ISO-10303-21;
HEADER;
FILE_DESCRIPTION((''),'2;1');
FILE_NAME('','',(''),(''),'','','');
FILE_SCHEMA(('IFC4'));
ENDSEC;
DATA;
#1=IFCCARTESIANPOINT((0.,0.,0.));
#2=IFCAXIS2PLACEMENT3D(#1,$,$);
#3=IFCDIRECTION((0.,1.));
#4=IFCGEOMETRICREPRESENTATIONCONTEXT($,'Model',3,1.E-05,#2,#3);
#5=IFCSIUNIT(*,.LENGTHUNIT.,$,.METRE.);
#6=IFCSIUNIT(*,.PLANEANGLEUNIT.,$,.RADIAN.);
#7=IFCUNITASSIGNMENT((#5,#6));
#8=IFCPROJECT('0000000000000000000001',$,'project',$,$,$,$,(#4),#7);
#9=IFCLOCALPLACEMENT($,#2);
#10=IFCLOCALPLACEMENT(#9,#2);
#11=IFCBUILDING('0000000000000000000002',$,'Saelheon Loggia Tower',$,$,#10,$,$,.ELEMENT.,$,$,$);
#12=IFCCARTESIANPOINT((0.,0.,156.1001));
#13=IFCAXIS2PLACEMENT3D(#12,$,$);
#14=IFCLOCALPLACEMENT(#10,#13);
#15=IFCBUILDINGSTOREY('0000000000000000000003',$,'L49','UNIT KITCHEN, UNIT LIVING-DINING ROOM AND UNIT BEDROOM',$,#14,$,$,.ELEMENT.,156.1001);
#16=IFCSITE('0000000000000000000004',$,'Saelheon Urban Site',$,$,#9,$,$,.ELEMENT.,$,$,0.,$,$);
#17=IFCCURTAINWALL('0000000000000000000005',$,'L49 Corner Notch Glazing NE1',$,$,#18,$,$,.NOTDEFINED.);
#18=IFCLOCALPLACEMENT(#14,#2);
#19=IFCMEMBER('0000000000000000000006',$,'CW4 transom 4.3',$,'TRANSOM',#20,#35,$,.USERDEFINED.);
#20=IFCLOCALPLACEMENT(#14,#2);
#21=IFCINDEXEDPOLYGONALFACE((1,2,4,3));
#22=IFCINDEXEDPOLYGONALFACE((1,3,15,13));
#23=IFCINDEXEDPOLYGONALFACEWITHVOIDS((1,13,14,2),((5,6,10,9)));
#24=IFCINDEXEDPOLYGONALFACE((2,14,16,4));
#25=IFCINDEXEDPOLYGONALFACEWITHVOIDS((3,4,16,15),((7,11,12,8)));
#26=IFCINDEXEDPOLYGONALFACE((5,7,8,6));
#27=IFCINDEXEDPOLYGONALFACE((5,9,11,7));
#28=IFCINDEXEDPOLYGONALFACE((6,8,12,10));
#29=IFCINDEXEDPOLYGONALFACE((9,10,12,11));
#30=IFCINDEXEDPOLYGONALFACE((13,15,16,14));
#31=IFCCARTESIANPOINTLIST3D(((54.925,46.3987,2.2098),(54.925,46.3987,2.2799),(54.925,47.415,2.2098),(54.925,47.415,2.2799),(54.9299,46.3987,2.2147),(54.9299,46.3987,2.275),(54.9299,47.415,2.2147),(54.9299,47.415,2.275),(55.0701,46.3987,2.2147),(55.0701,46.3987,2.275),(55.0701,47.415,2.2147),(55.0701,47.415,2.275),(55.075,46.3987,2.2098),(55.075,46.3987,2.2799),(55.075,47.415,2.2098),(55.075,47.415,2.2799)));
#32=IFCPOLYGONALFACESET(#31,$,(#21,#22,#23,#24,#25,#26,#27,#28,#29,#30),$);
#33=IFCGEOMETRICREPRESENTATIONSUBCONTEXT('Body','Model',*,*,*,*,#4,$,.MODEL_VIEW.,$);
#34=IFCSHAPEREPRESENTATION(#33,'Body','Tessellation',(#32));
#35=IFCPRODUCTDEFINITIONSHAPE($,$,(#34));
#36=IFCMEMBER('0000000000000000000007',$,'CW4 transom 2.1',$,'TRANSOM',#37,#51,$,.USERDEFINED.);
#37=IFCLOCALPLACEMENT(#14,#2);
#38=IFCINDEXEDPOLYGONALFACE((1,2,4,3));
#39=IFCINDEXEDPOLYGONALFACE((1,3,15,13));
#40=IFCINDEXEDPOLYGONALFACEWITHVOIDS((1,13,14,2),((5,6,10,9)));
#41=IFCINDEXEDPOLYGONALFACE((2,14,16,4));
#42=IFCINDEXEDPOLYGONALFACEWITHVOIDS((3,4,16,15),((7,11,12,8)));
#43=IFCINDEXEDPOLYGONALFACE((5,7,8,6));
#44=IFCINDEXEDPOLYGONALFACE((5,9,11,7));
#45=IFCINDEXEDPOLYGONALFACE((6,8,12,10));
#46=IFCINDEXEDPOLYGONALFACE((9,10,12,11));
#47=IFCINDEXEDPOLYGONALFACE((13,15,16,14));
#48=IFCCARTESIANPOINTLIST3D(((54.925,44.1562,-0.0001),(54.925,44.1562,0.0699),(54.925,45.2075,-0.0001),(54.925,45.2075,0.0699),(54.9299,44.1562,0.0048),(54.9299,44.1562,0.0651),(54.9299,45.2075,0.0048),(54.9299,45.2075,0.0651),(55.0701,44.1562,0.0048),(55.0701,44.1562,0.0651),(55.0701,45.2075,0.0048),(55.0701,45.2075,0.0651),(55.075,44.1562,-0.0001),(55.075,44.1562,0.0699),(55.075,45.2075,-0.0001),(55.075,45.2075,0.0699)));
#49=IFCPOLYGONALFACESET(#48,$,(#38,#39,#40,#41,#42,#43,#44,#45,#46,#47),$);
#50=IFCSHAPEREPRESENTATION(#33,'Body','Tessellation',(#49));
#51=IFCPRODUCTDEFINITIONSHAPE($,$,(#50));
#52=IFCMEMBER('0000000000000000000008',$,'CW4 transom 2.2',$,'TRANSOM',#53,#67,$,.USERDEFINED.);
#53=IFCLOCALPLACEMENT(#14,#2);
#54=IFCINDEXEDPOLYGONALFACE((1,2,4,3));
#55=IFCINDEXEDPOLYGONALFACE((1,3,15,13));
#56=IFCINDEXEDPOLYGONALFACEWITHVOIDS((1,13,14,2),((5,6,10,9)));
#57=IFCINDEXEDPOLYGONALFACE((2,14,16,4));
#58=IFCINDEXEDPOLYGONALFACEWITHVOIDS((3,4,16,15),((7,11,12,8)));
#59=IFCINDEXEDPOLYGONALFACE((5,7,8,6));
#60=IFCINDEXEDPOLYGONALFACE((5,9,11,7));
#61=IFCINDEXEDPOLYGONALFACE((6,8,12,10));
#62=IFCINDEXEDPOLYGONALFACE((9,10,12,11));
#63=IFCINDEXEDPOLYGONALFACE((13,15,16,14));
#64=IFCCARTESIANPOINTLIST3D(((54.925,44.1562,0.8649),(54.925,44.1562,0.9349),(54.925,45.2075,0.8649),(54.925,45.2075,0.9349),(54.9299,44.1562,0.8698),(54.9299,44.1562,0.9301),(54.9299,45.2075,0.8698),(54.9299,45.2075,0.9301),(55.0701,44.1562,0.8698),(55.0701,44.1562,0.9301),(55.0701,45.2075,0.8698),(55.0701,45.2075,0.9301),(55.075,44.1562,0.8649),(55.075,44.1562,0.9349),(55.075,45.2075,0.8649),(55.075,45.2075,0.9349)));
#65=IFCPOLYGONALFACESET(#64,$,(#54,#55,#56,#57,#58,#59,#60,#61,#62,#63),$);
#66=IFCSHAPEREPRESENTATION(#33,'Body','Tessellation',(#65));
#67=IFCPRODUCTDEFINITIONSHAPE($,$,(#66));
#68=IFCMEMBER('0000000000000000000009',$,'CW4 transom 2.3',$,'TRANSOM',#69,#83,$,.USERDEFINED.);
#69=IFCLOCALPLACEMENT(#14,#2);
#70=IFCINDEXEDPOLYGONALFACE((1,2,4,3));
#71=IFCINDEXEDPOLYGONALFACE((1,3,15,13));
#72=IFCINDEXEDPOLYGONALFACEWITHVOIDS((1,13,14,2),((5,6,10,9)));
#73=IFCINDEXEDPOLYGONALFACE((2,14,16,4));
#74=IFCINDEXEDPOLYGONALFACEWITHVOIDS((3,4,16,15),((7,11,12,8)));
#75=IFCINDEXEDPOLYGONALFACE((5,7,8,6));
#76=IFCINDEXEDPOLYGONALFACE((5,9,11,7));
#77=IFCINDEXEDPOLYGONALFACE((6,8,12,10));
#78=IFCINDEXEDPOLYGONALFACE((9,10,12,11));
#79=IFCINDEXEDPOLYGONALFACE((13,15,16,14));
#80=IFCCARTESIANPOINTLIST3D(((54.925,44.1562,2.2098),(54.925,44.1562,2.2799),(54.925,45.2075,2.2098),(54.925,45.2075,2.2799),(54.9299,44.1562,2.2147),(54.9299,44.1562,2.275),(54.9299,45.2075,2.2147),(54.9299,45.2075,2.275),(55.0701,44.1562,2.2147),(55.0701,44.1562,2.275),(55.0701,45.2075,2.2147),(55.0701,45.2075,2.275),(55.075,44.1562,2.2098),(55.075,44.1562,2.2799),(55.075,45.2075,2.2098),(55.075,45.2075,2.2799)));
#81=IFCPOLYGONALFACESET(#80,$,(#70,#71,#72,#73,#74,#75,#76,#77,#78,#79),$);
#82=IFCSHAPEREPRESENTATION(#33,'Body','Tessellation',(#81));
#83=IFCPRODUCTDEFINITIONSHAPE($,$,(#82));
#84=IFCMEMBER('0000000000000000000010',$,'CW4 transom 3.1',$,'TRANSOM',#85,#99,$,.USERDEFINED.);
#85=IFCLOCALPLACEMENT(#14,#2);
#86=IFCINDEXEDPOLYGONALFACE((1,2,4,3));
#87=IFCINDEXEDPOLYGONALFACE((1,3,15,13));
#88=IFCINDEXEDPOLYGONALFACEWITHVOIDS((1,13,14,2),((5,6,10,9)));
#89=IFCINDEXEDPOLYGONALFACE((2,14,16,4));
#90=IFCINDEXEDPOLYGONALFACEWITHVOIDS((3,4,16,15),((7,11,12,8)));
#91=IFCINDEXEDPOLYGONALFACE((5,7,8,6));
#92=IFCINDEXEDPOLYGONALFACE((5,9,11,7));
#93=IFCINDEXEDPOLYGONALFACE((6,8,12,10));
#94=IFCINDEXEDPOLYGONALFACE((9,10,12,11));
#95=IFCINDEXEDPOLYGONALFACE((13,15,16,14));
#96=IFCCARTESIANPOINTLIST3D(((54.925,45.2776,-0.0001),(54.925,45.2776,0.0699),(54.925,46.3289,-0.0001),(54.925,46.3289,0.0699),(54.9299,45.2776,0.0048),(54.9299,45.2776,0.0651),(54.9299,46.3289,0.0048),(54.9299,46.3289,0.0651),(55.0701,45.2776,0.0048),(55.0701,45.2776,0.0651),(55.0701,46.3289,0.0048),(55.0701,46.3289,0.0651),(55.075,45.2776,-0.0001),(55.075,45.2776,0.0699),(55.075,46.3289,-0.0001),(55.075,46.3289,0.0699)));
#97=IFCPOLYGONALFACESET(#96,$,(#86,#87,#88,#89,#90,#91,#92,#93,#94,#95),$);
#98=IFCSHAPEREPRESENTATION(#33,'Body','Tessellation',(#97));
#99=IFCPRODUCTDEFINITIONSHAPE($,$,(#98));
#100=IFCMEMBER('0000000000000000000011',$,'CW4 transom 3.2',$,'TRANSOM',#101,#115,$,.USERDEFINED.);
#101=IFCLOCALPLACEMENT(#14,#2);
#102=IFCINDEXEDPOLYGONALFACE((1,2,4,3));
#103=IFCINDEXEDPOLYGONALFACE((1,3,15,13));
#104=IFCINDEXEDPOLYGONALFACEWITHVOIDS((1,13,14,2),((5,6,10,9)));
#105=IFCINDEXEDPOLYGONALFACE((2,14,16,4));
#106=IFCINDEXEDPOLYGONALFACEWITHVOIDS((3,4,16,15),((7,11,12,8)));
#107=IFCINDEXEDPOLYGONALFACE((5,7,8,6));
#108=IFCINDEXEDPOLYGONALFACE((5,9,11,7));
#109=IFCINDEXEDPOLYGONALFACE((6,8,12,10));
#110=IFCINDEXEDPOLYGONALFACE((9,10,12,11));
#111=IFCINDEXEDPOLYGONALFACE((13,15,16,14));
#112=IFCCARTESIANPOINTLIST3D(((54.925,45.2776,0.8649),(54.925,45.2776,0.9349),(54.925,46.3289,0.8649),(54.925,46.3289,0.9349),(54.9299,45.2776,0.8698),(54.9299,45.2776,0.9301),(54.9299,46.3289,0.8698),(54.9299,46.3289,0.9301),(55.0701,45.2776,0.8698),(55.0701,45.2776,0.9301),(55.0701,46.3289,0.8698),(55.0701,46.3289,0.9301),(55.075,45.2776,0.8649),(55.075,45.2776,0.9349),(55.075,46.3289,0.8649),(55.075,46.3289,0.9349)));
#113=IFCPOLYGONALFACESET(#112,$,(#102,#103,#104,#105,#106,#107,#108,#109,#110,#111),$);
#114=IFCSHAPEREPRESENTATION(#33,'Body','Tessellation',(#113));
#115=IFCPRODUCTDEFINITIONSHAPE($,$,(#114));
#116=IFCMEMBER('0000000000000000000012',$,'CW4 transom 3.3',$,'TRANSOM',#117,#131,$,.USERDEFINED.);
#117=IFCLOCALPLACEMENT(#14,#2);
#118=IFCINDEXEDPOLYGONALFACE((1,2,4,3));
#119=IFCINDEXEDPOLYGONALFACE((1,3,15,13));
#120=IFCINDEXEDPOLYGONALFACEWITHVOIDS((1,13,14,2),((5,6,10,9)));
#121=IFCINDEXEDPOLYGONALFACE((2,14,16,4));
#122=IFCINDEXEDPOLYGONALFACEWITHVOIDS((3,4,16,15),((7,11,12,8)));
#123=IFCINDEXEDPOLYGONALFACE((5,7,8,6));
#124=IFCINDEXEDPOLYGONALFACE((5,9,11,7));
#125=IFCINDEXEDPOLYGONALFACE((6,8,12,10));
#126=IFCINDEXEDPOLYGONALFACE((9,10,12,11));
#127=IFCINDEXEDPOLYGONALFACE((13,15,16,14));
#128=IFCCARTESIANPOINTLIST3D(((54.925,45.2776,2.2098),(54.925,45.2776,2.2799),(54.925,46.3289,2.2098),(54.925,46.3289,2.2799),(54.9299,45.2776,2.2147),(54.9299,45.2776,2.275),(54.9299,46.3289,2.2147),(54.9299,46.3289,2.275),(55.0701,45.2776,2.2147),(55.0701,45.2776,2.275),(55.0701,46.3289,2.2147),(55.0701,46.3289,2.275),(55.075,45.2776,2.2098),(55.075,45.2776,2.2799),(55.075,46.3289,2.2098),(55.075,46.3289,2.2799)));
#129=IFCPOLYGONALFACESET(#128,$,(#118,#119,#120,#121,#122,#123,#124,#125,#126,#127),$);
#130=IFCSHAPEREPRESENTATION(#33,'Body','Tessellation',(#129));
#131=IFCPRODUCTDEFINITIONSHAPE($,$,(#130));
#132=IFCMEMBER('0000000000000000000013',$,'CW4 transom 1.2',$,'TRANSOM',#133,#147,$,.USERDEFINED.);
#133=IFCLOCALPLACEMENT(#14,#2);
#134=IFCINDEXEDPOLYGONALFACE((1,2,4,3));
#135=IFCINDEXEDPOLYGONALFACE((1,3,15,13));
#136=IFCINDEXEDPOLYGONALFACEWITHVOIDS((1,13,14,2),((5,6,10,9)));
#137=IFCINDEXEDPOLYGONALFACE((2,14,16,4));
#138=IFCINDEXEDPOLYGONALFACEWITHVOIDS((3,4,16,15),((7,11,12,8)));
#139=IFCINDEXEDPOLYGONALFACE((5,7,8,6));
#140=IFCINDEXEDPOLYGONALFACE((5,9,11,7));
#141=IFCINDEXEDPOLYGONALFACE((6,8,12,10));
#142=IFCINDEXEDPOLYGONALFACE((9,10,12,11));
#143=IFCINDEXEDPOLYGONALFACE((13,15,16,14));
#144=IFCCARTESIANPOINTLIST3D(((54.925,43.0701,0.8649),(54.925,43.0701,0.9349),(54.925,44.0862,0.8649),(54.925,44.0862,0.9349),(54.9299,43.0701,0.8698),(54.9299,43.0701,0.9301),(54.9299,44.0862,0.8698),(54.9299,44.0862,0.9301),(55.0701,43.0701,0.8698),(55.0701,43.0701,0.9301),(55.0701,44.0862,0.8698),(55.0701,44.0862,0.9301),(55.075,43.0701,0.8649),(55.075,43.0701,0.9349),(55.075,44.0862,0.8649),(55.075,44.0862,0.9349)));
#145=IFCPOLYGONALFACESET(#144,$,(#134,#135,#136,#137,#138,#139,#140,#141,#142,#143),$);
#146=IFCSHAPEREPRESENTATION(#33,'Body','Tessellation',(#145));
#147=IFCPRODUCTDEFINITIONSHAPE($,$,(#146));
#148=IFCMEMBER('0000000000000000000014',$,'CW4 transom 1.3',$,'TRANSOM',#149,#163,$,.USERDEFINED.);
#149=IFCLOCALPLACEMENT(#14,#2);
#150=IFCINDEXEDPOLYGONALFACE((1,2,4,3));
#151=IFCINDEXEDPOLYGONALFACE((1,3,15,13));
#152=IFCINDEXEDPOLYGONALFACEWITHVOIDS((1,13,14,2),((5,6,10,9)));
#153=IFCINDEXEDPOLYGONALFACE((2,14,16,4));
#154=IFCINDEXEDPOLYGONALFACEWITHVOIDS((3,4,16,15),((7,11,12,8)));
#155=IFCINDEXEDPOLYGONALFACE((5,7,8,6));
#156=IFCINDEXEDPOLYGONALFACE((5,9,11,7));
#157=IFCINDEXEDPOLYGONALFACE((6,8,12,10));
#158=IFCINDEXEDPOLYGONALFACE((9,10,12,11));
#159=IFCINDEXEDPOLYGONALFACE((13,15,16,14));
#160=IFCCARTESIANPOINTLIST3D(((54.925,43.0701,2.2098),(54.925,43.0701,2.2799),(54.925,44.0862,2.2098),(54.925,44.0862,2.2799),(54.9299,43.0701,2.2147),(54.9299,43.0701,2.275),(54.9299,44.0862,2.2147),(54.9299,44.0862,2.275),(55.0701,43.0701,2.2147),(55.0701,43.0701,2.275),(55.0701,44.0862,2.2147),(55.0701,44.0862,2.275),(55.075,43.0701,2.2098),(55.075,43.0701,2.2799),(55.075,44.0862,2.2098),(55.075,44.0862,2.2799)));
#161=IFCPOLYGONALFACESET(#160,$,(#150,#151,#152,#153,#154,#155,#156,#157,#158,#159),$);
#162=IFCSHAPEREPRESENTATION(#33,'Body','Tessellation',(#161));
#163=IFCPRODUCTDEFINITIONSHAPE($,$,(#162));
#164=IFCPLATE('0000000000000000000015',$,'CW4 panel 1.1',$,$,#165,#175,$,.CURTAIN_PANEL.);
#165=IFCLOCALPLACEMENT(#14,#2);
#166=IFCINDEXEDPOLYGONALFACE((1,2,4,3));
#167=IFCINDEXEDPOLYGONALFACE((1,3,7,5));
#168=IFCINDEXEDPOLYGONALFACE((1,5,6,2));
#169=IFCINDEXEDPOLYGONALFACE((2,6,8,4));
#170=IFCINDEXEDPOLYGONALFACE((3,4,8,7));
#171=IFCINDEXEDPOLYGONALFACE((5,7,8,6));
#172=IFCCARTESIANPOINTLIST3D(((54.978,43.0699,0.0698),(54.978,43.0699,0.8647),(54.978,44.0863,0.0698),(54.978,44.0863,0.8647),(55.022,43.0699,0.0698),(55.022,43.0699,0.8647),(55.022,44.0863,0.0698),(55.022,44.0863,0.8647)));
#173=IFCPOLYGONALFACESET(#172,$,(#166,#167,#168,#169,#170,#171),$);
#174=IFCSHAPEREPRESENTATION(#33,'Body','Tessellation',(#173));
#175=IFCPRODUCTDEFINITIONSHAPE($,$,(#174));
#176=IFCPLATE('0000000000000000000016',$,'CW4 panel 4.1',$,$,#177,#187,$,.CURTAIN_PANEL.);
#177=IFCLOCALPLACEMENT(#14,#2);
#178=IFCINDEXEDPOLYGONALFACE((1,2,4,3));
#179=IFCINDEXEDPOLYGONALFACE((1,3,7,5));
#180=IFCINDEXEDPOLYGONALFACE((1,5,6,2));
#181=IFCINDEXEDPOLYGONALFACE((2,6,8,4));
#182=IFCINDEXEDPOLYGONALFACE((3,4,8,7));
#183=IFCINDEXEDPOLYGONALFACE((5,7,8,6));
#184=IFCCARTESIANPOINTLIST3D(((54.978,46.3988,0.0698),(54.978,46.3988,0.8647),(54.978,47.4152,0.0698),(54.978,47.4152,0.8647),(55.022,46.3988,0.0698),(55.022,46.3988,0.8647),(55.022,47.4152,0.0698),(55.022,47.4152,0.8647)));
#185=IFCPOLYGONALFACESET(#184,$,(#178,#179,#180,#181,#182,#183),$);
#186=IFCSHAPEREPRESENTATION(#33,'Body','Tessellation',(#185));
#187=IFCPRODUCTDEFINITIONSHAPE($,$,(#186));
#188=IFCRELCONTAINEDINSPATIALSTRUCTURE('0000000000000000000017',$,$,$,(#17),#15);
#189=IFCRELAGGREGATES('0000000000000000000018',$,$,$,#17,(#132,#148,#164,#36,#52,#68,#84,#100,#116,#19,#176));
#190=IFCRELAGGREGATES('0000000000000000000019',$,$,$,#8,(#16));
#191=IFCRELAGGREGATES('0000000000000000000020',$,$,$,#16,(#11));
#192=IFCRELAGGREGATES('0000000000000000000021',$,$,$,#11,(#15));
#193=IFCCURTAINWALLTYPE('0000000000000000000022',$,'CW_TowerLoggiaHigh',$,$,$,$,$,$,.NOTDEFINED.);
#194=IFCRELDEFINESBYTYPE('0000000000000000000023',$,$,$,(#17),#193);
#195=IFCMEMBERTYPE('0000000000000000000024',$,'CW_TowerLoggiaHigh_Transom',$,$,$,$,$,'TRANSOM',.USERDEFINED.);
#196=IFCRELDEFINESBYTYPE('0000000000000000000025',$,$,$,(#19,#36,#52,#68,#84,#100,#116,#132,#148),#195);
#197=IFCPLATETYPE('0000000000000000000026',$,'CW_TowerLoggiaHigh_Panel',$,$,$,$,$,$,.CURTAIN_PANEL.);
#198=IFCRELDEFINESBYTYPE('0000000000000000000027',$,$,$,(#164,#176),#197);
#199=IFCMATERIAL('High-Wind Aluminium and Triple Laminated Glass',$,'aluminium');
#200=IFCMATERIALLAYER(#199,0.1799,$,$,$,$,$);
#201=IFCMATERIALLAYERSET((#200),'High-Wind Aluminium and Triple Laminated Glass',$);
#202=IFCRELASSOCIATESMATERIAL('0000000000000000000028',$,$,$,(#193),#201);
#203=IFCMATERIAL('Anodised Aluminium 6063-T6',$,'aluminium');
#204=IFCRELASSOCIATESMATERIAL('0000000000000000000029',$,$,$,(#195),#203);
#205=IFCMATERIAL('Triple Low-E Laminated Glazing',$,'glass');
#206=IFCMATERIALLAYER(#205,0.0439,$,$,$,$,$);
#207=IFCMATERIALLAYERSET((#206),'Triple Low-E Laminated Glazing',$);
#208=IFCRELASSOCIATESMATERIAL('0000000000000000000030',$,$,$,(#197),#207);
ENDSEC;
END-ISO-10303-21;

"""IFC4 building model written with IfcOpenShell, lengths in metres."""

from ifc_helpers import new_model, si_unit, direction, frame, origin, origin_2d, place, context, subcontext, project, spatial, rectangle, hollow_rectangle, extrude, source, transform, mapped, material, layer, layer_set, material_profile, profile_set, type_object, element, aggregate, save


model = new_model("IFC4")

# Units and contexts
model_context = context("Model", 3, precision=1e-05, world=origin(), true_north=direction((0.0, 1.0)))
body_context = subcontext(model_context, "Body", "Model", "MODEL_VIEW")
ifc_project = project(units=[si_unit("LENGTHUNIT", "METRE"), si_unit("PLANEANGLEUNIT", "RADIAN")], contexts=[model_context])

# Site, building, storey
site_placement = place(None, origin())
site = spatial("IfcSite", under=ifc_project, at=site_placement, Name="Saelheon Urban Site", CompositionType="ELEMENT", RefElevation=0.0)
building_placement = place(site_placement, origin())
building = spatial("IfcBuilding", under=site, at=building_placement, Name="Saelheon Loggia Tower", CompositionType="ELEMENT")
storey_placement = place(building_placement, frame((0.0, 0.0, 156.1001)))
storey = spatial("IfcBuildingStorey", under=building, at=storey_placement, Name="L49", Description="UNIT KITCHEN, UNIT LIVING-DINING ROOM AND UNIT BEDROOM", CompositionType="ELEMENT", Elevation=156.1001)

# Curtain wall
ifc_material_1 = material(Name="High-Wind Aluminium and Triple Laminated Glass", Category="aluminium")
ifc_layer_1 = layer(ifc_material_1, 0.1799)
ifc_layer_set_1 = layer_set([ifc_layer_1], Name="High-Wind Aluminium and Triple Laminated Glass")
curtain_wall_type = type_object("IfcCurtainWallType", Name="CW_TowerLoggiaHigh", PredefinedType="NOTDEFINED", material=ifc_layer_set_1)
curtain_wall_1_placement = place(storey_placement, origin())
curtain_wall_1 = element("IfcCurtainWall", 1, at=curtain_wall_1_placement, inside=storey, type_object=curtain_wall_type, Name="L49 Corner Notch Glazing NE1", PredefinedType="NOTDEFINED")
ifc_material_2 = material(Name="Anodised Aluminium 6063-T6", Category="aluminium")

# Members
ifc_material_profile_1 = material_profile(ifc_material_2, hollow_rectangle(XDim=0.0701, YDim=0.1499, WallThickness=0.0049, at=origin_2d()), Name="RHS-150x70x5")
ifc_profile_set_1 = profile_set([ifc_material_profile_1], Name="Anodised Aluminium 6063-T6")
member_type_1 = type_object("IfcMemberType", Name="CW_TowerLoggiaHigh_Transom", ElementType="TRANSOM", PredefinedType="USERDEFINED", material=ifc_profile_set_1)
shared_shape_1 = source(origin(), body_context, "Body", "SweptSolid", [
    extrude(hollow_rectangle(XDim=0.0701, YDim=0.1499, WallThickness=0.0049, at=origin_2d()), origin(), (0.0, 0.0, 1.0), 1.0164),
])
member_1_placement = place(storey_placement, frame((55.0, 46.3987, 2.2449), z_axis=(0.0, 1.0, 0.0), x_axis=(0.0, 0.0, 1.0)))
member_1 = element("IfcMember", 2, at=member_1_placement, type_object=member_type_1, Name="CW4 transom 4.3", ObjectType="TRANSOM", PredefinedType="USERDEFINED", context=body_context, shape_type="MappedRepresentation", body=[
    mapped(shared_shape_1, transform((0.0, 0.0, 0.0), scale=1.0)),
])
shared_shape_2 = source(origin(), body_context, "Body", "SweptSolid", [
    extrude(hollow_rectangle(XDim=0.0701, YDim=0.1499, WallThickness=0.0049, at=origin_2d()), origin(), (0.0, 0.0, 1.0), 1.0513),
])
member_2_placement = place(storey_placement, frame((55.0, 44.1562, 0.0349), z_axis=(0.0, 1.0, 0.0), x_axis=(0.0, 0.0, 1.0)))
member_2 = element("IfcMember", 3, at=member_2_placement, type_object=member_type_1, Name="CW4 transom 2.1", ObjectType="TRANSOM", PredefinedType="USERDEFINED", context=body_context, shape_type="MappedRepresentation", body=[
    mapped(shared_shape_2, transform((0.0, 0.0, 0.0), scale=1.0)),
])
member_3_placement = place(storey_placement, frame((55.0, 44.1562, 0.8999), z_axis=(0.0, 1.0, 0.0), x_axis=(0.0, 0.0, 1.0)))
member_3 = element("IfcMember", 4, at=member_3_placement, type_object=member_type_1, Name="CW4 transom 2.2", ObjectType="TRANSOM", PredefinedType="USERDEFINED", context=body_context, shape_type="MappedRepresentation", body=[
    mapped(shared_shape_2, transform((0.0, 0.0, 0.0), scale=1.0)),
])
member_4_placement = place(storey_placement, frame((55.0, 44.1562, 2.2449), z_axis=(0.0, 1.0, 0.0), x_axis=(0.0, 0.0, 1.0)))
member_4 = element("IfcMember", 5, at=member_4_placement, type_object=member_type_1, Name="CW4 transom 2.3", ObjectType="TRANSOM", PredefinedType="USERDEFINED", context=body_context, shape_type="MappedRepresentation", body=[
    mapped(shared_shape_2, transform((0.0, 0.0, 0.0), scale=1.0)),
])
member_5_placement = place(storey_placement, frame((55.0, 45.2776, 0.0349), z_axis=(0.0, 1.0, 0.0), x_axis=(0.0, 0.0, 1.0)))
member_5 = element("IfcMember", 6, at=member_5_placement, type_object=member_type_1, Name="CW4 transom 3.1", ObjectType="TRANSOM", PredefinedType="USERDEFINED", context=body_context, shape_type="MappedRepresentation", body=[
    mapped(shared_shape_2, transform((0.0, 0.0, 0.0), scale=1.0)),
])
member_6_placement = place(storey_placement, frame((55.0, 45.2776, 0.8999), z_axis=(0.0, 1.0, 0.0), x_axis=(0.0, 0.0, 1.0)))
member_6 = element("IfcMember", 7, at=member_6_placement, type_object=member_type_1, Name="CW4 transom 3.2", ObjectType="TRANSOM", PredefinedType="USERDEFINED", context=body_context, shape_type="MappedRepresentation", body=[
    mapped(shared_shape_2, transform((0.0, 0.0, 0.0), scale=1.0)),
])
member_7_placement = place(storey_placement, frame((55.0, 45.2776, 2.2449), z_axis=(0.0, 1.0, 0.0), x_axis=(0.0, 0.0, 1.0)))
member_7 = element("IfcMember", 8, at=member_7_placement, type_object=member_type_1, Name="CW4 transom 3.3", ObjectType="TRANSOM", PredefinedType="USERDEFINED", context=body_context, shape_type="MappedRepresentation", body=[
    mapped(shared_shape_2, transform((0.0, 0.0, 0.0), scale=1.0)),
])
shared_shape_3 = source(origin(), body_context, "Body", "SweptSolid", [
    extrude(hollow_rectangle(XDim=0.0701, YDim=0.1499, WallThickness=0.0049, at=origin_2d()), origin(), (0.0, 0.0, 1.0), 1.0161),
])
member_8_placement = place(storey_placement, frame((55.0, 43.0701, 0.8999), z_axis=(0.0, 1.0, 0.0), x_axis=(0.0, 0.0, 1.0)))
member_8 = element("IfcMember", 9, at=member_8_placement, type_object=member_type_1, Name="CW4 transom 1.2", ObjectType="TRANSOM", PredefinedType="USERDEFINED", context=body_context, shape_type="MappedRepresentation", body=[
    mapped(shared_shape_3, transform((0.0, 0.0, 0.0), scale=1.0)),
])
member_9_placement = place(storey_placement, frame((55.0, 43.0701, 2.2449), z_axis=(0.0, 1.0, 0.0), x_axis=(0.0, 0.0, 1.0)))
member_9 = element("IfcMember", 10, at=member_9_placement, type_object=member_type_1, Name="CW4 transom 1.3", ObjectType="TRANSOM", PredefinedType="USERDEFINED", context=body_context, shape_type="MappedRepresentation", body=[
    mapped(shared_shape_3, transform((0.0, 0.0, 0.0), scale=1.0)),
])

# Plates
ifc_material_3 = material(Name="Triple Low-E Laminated Glazing", Category="glass")
ifc_layer_2 = layer(ifc_material_3, 0.0439)
ifc_layer_set_2 = layer_set([ifc_layer_2], Name="Triple Low-E Laminated Glazing")
plate_type = type_object("IfcPlateType", Name="CW_TowerLoggiaHigh_Panel", PredefinedType="CURTAIN_PANEL", material=ifc_layer_set_2)
shared_shape_4 = source(origin(), body_context, "Body", "SweptSolid", [
    extrude(rectangle(XDim=1.0164, YDim=0.0439, at=origin_2d()), origin(), (0.0, 0.0, 1.0), 0.7949),
])
plate_1_placement = place(storey_placement, frame((55.0, 43.5781, 0.0698), z_axis=(0.0, 0.0, 1.0), x_axis=(0.0, 1.0, 0.0)))
plate_1 = element("IfcPlate", 11, at=plate_1_placement, type_object=plate_type, Name="CW4 panel 1.1", PredefinedType="CURTAIN_PANEL", context=body_context, shape_type="MappedRepresentation", body=[
    mapped(shared_shape_4, transform((0.0, 0.0, 0.0), scale=1.0)),
])
plate_2_placement = place(storey_placement, frame((55.0, 46.907, 0.0698), z_axis=(0.0, 0.0, 1.0), x_axis=(0.0, 1.0, 0.0)))
plate_2 = element("IfcPlate", 12, at=plate_2_placement, type_object=plate_type, Name="CW4 panel 4.1", PredefinedType="CURTAIN_PANEL", context=body_context, shape_type="MappedRepresentation", body=[
    mapped(shared_shape_4, transform((0.0, 0.0, 0.0), scale=1.0)),
])
aggregate(curtain_wall_1, [member_8, member_9, plate_1, member_2, member_3, member_4, member_5, member_6, member_7, member_1, plate_2])

save(model, "model.ifc")
